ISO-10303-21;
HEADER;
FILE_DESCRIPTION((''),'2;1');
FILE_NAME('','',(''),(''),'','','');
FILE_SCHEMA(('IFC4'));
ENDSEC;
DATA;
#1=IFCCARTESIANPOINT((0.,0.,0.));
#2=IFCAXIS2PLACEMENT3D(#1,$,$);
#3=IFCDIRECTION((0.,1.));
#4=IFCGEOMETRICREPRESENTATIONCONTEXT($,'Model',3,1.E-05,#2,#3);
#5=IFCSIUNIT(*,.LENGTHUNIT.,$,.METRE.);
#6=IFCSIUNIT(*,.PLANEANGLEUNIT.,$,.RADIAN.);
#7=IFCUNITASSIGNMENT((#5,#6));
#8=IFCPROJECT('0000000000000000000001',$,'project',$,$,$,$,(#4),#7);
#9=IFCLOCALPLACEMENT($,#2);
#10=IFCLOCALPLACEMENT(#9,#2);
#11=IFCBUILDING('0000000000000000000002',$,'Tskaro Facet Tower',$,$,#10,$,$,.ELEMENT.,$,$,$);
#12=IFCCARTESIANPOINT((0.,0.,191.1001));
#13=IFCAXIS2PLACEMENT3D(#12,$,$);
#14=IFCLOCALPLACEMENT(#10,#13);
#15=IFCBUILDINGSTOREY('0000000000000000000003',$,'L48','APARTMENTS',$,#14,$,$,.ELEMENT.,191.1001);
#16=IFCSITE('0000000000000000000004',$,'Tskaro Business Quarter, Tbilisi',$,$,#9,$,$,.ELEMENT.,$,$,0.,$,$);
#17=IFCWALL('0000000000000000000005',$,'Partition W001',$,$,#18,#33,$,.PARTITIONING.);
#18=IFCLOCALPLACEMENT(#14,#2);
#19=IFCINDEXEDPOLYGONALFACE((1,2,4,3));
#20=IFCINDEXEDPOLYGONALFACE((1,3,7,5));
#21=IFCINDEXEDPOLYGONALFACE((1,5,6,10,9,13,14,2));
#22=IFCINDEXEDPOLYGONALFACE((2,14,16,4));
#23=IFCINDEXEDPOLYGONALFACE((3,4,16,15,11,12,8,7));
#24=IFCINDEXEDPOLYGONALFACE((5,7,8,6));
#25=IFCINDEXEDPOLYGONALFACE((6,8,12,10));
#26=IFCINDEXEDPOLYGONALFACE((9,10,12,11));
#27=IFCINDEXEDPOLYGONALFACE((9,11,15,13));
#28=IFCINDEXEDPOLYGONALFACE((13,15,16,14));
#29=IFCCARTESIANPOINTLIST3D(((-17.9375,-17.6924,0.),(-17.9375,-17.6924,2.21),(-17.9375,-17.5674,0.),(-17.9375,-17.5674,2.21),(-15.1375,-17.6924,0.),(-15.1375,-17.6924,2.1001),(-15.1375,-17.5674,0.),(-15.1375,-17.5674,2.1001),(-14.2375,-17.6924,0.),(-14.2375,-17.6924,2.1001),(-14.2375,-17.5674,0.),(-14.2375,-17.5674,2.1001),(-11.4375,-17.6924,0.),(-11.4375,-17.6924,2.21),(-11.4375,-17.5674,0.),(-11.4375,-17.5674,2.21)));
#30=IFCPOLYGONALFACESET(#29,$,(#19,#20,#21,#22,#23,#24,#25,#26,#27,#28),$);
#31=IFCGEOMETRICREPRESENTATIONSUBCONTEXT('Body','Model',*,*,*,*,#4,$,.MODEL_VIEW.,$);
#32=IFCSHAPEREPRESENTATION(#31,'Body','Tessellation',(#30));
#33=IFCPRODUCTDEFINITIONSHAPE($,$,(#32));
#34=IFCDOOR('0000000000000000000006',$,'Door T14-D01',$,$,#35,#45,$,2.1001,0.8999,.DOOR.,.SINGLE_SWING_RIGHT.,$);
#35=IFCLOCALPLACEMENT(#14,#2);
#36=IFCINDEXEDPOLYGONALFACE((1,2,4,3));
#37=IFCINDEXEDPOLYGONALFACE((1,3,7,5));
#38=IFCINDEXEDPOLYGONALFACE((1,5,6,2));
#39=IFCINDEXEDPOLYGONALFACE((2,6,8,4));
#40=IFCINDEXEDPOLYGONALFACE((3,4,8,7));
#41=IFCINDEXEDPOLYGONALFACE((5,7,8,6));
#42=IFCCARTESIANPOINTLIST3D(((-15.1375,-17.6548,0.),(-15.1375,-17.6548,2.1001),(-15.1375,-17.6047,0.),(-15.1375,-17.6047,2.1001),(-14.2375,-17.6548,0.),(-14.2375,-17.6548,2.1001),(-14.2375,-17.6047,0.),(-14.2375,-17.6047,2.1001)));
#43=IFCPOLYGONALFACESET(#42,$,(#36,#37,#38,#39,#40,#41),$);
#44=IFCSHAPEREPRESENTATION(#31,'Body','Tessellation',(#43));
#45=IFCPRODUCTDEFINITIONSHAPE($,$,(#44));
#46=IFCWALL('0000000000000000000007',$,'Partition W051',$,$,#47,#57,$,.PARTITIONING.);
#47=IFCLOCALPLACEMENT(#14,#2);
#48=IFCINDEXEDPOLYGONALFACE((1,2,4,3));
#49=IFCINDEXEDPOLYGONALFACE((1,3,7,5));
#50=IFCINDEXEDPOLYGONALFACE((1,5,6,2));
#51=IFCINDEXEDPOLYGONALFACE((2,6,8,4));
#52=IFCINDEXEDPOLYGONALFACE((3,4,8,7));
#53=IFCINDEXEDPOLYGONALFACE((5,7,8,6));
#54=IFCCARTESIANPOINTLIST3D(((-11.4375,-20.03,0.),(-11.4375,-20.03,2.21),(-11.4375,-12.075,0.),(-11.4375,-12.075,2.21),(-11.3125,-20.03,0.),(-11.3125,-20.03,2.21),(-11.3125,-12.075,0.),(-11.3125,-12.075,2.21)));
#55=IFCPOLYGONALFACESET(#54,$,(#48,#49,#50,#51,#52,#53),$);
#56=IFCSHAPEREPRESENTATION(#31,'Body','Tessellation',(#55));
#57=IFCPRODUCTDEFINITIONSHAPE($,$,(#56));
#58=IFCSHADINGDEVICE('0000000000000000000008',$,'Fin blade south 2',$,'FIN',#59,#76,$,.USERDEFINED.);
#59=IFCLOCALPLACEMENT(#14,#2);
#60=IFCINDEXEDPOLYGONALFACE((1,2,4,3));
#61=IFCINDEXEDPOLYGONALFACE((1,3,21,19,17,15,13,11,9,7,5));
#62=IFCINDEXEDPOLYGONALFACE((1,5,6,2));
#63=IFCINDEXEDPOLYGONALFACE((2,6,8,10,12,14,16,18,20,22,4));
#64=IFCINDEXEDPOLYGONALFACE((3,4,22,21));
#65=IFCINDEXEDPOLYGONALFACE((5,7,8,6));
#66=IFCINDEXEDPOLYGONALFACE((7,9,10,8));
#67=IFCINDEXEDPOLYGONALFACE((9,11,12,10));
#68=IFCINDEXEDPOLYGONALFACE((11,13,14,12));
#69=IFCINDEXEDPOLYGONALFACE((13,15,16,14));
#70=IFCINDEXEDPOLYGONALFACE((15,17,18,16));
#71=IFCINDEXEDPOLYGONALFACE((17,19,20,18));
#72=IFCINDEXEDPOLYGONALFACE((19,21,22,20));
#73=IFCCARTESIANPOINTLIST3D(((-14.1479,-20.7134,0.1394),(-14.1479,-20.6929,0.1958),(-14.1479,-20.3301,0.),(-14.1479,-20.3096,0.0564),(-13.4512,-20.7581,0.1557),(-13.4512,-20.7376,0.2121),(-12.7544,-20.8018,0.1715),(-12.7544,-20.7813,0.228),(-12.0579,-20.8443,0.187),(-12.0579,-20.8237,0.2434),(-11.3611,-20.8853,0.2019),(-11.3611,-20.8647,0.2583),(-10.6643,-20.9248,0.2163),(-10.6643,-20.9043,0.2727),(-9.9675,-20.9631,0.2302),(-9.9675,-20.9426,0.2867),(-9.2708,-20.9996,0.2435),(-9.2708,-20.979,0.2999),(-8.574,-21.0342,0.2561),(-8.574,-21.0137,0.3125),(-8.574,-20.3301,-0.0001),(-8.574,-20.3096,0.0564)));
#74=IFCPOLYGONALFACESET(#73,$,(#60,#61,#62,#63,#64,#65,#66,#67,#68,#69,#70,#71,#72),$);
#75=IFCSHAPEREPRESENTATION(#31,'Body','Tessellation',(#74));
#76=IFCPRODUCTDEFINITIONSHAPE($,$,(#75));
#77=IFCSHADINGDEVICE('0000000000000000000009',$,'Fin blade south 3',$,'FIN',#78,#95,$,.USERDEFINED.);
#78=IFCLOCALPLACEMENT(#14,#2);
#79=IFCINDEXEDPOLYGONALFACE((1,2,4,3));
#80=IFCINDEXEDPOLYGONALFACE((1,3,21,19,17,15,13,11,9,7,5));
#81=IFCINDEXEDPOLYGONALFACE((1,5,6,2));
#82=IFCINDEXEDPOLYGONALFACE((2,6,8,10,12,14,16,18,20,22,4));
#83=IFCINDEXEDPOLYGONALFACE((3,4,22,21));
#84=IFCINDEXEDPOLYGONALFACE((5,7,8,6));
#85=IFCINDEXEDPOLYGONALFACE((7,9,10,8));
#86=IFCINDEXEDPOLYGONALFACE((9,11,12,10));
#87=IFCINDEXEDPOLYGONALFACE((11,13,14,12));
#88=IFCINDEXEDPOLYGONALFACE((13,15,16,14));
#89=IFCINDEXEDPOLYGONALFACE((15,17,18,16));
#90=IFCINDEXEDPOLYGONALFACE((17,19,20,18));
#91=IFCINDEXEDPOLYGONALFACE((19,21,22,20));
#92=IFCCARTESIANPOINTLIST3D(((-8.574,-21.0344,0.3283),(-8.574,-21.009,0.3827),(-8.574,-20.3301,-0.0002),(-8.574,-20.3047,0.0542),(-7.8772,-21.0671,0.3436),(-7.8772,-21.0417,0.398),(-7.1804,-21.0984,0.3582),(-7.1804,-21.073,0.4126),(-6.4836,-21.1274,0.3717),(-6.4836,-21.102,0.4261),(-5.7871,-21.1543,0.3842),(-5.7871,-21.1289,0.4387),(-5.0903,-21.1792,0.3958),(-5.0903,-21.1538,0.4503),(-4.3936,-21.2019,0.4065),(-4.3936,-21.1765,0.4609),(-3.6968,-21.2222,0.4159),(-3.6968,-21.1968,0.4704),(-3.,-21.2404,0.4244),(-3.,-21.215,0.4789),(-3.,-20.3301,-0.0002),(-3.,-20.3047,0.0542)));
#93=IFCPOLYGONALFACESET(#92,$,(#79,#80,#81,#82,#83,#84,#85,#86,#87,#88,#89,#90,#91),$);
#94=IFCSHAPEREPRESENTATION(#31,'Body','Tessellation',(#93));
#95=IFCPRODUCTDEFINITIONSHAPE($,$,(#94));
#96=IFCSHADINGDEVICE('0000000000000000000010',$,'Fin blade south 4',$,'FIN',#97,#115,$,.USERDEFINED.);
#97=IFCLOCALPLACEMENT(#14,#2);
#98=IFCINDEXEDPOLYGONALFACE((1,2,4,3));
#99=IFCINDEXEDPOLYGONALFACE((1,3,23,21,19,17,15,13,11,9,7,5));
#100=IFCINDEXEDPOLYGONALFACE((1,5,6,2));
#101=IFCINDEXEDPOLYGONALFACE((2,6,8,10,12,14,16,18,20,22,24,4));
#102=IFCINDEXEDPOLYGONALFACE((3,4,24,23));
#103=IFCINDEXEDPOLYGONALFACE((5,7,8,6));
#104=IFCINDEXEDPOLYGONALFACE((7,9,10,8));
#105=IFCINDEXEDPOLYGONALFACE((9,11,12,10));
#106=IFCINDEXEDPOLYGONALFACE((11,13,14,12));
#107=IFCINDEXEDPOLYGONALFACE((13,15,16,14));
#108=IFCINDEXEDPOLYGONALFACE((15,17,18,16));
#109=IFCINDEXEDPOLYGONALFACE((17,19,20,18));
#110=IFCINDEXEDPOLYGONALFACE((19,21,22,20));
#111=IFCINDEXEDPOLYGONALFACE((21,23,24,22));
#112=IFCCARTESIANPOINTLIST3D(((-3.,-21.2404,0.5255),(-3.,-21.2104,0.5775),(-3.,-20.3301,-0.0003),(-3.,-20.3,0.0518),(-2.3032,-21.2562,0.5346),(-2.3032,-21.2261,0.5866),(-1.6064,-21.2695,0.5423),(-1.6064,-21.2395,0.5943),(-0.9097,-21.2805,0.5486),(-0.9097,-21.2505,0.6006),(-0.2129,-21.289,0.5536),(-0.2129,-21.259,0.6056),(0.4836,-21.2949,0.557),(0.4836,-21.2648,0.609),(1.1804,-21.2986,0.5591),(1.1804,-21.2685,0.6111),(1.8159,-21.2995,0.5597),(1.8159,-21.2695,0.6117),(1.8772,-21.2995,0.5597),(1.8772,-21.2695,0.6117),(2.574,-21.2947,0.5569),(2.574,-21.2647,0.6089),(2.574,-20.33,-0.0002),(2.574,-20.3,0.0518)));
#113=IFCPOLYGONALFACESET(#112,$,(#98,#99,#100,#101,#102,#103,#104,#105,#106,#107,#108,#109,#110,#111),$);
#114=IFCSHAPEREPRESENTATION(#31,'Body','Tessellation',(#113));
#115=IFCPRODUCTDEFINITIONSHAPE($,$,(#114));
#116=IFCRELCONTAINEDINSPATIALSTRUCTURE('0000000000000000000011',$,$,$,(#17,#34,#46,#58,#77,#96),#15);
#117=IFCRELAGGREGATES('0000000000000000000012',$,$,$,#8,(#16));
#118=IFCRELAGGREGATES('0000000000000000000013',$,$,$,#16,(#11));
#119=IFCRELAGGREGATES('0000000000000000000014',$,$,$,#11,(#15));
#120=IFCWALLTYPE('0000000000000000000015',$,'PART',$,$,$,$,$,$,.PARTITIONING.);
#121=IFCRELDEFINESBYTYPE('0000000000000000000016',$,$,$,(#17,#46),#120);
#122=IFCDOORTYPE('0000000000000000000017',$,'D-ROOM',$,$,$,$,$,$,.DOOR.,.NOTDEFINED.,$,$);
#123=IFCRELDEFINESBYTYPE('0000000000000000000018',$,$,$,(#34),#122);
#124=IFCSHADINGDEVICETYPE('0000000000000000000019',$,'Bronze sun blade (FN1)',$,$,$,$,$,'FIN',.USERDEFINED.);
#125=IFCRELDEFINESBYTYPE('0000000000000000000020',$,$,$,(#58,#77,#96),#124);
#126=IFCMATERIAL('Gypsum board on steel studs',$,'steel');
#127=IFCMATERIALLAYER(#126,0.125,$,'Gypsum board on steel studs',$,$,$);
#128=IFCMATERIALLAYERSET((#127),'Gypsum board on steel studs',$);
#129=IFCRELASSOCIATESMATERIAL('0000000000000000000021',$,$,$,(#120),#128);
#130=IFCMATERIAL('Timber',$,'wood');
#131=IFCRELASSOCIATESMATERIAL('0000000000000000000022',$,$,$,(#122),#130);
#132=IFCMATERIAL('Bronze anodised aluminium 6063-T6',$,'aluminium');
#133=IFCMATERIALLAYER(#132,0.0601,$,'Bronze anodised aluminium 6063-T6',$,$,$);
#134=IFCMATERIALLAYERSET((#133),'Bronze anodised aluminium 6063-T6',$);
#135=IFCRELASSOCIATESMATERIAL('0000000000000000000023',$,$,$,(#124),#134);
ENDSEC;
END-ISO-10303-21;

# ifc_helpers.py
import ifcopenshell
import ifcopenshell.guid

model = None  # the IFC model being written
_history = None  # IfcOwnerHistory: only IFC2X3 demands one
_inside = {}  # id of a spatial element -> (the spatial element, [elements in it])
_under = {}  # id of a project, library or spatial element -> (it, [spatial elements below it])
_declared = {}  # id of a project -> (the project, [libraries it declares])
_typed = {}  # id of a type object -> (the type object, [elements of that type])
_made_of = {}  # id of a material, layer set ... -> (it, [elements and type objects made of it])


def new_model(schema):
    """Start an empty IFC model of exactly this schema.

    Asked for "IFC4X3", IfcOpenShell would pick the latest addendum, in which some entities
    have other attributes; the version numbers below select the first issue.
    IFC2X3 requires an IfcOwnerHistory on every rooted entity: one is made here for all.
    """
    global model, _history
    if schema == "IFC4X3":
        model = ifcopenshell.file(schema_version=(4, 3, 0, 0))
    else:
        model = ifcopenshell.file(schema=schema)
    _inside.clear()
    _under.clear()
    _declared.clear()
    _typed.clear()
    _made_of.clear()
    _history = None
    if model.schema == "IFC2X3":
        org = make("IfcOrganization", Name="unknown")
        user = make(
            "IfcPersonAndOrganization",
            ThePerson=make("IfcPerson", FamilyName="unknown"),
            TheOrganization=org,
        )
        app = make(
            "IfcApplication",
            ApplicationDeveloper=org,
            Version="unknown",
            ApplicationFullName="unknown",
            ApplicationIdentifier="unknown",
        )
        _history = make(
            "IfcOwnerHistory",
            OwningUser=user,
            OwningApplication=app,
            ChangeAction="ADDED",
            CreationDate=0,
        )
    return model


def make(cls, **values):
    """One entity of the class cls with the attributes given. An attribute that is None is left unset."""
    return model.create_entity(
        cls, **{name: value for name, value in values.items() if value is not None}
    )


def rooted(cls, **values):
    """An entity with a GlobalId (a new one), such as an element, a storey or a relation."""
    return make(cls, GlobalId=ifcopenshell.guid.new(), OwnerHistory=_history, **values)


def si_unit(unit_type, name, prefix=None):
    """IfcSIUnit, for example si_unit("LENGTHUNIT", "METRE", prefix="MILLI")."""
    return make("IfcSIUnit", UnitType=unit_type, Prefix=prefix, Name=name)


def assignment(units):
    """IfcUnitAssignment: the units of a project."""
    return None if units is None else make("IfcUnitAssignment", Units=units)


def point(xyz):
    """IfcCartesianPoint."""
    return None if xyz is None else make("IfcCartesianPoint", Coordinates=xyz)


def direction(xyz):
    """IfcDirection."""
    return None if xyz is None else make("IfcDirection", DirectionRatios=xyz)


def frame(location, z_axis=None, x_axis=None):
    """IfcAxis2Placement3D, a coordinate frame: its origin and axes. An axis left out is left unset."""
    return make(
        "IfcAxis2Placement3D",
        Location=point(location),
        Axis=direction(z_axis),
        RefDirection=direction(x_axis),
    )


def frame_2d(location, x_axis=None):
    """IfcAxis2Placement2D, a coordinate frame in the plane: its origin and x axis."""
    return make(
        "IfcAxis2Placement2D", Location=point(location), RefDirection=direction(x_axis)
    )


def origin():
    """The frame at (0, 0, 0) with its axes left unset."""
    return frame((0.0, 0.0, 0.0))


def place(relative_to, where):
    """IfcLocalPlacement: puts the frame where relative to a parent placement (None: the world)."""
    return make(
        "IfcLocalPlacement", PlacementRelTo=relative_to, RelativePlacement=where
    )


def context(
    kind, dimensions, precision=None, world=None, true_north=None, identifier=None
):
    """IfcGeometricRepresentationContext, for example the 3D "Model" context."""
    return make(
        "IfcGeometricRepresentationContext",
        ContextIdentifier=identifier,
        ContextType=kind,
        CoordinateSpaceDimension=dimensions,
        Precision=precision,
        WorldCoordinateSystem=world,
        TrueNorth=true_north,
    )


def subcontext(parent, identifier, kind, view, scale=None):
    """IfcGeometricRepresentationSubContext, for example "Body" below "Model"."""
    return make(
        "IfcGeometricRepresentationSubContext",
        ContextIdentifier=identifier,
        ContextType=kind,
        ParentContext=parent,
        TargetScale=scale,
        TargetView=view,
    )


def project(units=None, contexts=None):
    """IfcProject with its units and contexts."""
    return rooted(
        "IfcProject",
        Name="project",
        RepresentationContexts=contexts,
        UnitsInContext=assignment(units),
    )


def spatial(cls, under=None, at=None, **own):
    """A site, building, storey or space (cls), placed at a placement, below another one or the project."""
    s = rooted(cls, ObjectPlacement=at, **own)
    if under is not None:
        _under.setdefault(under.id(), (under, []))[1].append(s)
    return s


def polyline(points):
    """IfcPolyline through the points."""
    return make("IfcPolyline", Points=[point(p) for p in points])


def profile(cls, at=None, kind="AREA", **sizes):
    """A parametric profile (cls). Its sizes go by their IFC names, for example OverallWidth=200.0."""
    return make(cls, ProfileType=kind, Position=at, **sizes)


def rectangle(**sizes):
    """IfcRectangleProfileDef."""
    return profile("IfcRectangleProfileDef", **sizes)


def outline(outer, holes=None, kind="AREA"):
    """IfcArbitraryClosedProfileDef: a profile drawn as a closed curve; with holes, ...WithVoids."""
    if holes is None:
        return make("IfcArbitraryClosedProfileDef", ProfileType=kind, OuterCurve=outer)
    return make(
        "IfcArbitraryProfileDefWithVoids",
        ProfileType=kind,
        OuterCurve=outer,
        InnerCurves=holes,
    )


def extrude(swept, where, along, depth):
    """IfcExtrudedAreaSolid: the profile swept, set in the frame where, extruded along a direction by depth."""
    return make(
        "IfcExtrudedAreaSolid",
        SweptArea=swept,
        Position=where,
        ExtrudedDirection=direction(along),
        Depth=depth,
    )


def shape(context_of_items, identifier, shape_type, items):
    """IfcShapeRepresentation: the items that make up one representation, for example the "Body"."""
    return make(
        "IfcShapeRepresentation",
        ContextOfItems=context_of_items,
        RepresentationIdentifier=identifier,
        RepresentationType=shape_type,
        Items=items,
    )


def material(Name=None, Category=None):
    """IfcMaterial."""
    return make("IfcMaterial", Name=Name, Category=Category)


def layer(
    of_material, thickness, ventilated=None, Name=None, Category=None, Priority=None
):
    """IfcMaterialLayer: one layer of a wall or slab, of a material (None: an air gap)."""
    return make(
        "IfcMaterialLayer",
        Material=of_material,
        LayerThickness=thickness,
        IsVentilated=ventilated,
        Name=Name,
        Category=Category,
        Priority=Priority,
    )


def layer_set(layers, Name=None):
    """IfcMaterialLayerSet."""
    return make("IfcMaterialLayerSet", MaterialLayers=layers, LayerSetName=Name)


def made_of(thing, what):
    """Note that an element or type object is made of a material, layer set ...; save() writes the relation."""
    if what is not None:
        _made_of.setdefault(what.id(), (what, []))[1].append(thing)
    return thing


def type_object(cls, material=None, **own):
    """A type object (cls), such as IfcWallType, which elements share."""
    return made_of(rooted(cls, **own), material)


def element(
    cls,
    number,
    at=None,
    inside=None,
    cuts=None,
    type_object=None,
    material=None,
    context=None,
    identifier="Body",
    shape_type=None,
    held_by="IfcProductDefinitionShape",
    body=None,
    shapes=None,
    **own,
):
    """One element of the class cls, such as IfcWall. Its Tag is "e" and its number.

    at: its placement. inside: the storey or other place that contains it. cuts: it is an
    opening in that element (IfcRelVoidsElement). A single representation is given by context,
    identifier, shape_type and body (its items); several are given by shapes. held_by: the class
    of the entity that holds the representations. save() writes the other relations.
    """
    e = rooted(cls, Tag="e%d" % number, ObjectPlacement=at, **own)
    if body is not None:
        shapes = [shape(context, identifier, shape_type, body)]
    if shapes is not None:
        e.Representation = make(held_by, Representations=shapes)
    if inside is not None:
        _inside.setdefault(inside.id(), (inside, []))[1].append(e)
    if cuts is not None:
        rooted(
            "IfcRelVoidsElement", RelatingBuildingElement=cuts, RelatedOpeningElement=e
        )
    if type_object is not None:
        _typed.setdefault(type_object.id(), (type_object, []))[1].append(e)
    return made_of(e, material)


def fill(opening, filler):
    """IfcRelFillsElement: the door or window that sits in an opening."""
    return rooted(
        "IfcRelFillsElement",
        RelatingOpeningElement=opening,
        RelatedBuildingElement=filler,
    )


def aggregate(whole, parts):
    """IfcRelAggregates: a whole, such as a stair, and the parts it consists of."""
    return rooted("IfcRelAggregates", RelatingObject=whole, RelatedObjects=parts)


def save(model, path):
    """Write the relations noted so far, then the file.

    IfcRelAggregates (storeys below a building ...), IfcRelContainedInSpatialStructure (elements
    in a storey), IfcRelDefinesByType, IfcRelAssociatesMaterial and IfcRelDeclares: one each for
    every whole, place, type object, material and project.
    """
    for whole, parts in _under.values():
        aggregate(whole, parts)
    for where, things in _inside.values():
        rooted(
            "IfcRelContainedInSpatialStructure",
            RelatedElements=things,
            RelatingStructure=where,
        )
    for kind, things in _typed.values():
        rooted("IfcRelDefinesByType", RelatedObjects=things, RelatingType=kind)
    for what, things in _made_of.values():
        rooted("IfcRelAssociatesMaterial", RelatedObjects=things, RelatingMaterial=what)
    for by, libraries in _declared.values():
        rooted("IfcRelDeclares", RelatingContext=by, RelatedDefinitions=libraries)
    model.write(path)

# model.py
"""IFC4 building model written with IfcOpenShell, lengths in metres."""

from ifc_helpers import new_model, si_unit, direction, frame, frame_2d, origin, place, context, subcontext, project, spatial, polyline, rectangle, outline, extrude, material, layer, layer_set, type_object, element, fill, save


model = new_model("IFC4")

# Units and contexts
model_context = context("Model", 3, precision=1e-05, world=origin(), true_north=direction((0.0, 1.0)))
body_context = subcontext(model_context, "Body", "Model", "MODEL_VIEW")
ifc_project = project(units=[si_unit("LENGTHUNIT", "METRE"), si_unit("PLANEANGLEUNIT", "RADIAN")], contexts=[model_context])

# Site, building, storey
site_placement = place(None, origin())
site = spatial("IfcSite", under=ifc_project, at=site_placement, Name="Tskaro Business Quarter, Tbilisi", CompositionType="ELEMENT", RefElevation=0.0)
building_placement = place(site_placement, origin())
building = spatial("IfcBuilding", under=site, at=building_placement, Name="Tskaro Facet Tower", CompositionType="ELEMENT")
storey_placement = place(building_placement, frame((0.0, 0.0, 191.1001)))
storey = spatial("IfcBuildingStorey", under=building, at=storey_placement, Name="L48", Description="APARTMENTS", CompositionType="ELEMENT", Elevation=191.1001)

# Shared definitions
ifc_material_1 = material(Name="Bronze anodised aluminium 6063-T6", Category="aluminium")

# Wall, opening, door
ifc_material_2 = material(Name="Gypsum board on steel studs", Category="steel")
ifc_layer_1 = layer(ifc_material_2, 0.125, Name="Gypsum board on steel studs")
ifc_layer_set_1 = layer_set([ifc_layer_1], Name="Gypsum board on steel studs")
wall_type = type_object("IfcWallType", Name="PART", PredefinedType="PARTITIONING", material=ifc_layer_set_1)
wall_1_placement = place(storey_placement, frame((-11.4375, -17.6299, 0.0), z_axis=(0.0, 0.0, 1.0), x_axis=(-1.0, 0.0, 0.0)))
wall_1 = element("IfcWall", 1, at=wall_1_placement, inside=storey, type_object=wall_type, Name="Partition W001", PredefinedType="PARTITIONING", context=body_context, shape_type="SweptSolid", body=[
    extrude(rectangle(XDim=6.5, YDim=0.125, at=frame_2d((3.25, 0.0))), origin(), (0.0, 0.0, 1.0), 2.21),
])
opening_placement = place(wall_1_placement, frame((2.8, 0.0, 0.0)))
opening = element("IfcOpeningElement", 2, at=opening_placement, cuts=wall_1, PredefinedType="OPENING", context=body_context, shape_type="SweptSolid", body=[
    extrude(rectangle(XDim=0.8999, YDim=2.1001, at=frame_2d((0.45, 1.05))), frame((0.0, 0.0725, 0.0), z_axis=(0.0, -1.0, 0.0), x_axis=(1.0, 0.0, 0.0)), (0.0, 0.0, 1.0), 0.145),
])
ifc_material_3 = material(Name="Timber", Category="wood")
door_type = type_object("IfcDoorType", Name="D-ROOM", OperationType="NOTDEFINED", PredefinedType="DOOR", material=ifc_material_3)
door_placement = place(opening_placement, origin())
door = element("IfcDoor", 3, at=door_placement, inside=storey, type_object=door_type, Name="Door T14-D01", OperationType="SINGLE_SWING_RIGHT", OverallHeight=2.1001, OverallWidth=0.8999, PredefinedType="DOOR", context=body_context, shape_type="SweptSolid", body=[
    extrude(rectangle(XDim=0.8999, YDim=2.1001, at=frame_2d((0.45, 1.05))), frame((0.0, 0.0249, 0.0), z_axis=(0.0, -1.0, 0.0), x_axis=(1.0, 0.0, 0.0)), (0.0, 0.0, 1.0), 0.05),
])
fill(opening, door)

# Wall
wall_2_placement = place(storey_placement, frame((-11.375, -20.03, 0.0), z_axis=(0.0, 0.0, 1.0), x_axis=(0.0, 1.0, 0.0)))
element("IfcWall", 4, at=wall_2_placement, inside=storey, type_object=wall_type, Name="Partition W051", PredefinedType="PARTITIONING", context=body_context, shape_type="SweptSolid", body=[
    extrude(rectangle(XDim=7.9551, YDim=0.125, at=frame_2d((3.9775, 0.0))), origin(), (0.0, 0.0, 1.0), 2.21),
])

# Shading devices
ifc_layer_2 = layer(ifc_material_1, 0.0601, Name="Bronze anodised aluminium 6063-T6")
ifc_layer_set_2 = layer_set([ifc_layer_2], Name="Bronze anodised aluminium 6063-T6")
shading_device_type = type_object("IfcShadingDeviceType", Name="Bronze sun blade (FN1)", ElementType="FIN", PredefinedType="USERDEFINED", material=ifc_layer_set_2)
shading_device_1_placement = place(storey_placement, frame((-14.1479, -20.3096, 0.0564), z_axis=(0.000002, 0.341864, 0.939749), x_axis=(1.0, -0.000001, -0.000002)))
element("IfcShadingDevice", 5, at=shading_device_1_placement, inside=storey, type_object=shading_device_type, Name="Fin blade south 2", ObjectType="FIN", PredefinedType="USERDEFINED", context=body_context, shape_type="SweptSolid", body=[
    extrude(outline(polyline([(0.0, 0.0), (5.574, 0.0), (5.574, -0.7492), (4.8772, -0.7124), (4.1804, -0.6736), (3.4836, -0.6328), (2.7869, -0.5907), (2.0901, -0.5471), (1.3936, -0.5019), (0.6968, -0.4554), (0.0, -0.4079), (0.0, 0.0)])), origin(), (0.0, 0.0, -1.0), 0.0601),
])
shading_device_2_placement = place(storey_placement, frame((-8.574, -20.3047, 0.0542), z_axis=(-0.000004, 0.422717, 0.906262), x_axis=(1.0, 0.000002, 0.000004)))
element("IfcShadingDevice", 6, at=shading_device_2_placement, inside=storey, type_object=shading_device_type, Name="Fin blade south 3", ObjectType="FIN", PredefinedType="USERDEFINED", context=body_context, shape_type="SweptSolid", body=[
    extrude(outline(polyline([(0.0, 0.0), (5.574, 0.0), (5.574, -1.0045), (4.8772, -0.9844), (4.1804, -0.962), (3.4836, -0.9369), (2.7869, -0.9095), (2.0903, -0.8798), (1.3936, -0.8478), (0.6968, -0.8133), (0.0, -0.7771), (0.0, 0.0)])), origin(), (0.0, 0.0, -1.0), 0.0601),
])
shading_device_3_placement = place(storey_placement, frame((-3.0, -20.3, 0.0518), z_axis=(-0.000015, 0.500079, 0.86598), x_axis=(1.0, 0.000007, 0.000013)))
element("IfcShadingDevice", 7, at=shading_device_3_placement, inside=storey, type_object=shading_device_type, Name="Fin blade south 4", ObjectType="FIN", PredefinedType="USERDEFINED", context=body_context, shape_type="SweptSolid", body=[
    extrude(outline(polyline([(0.0, 0.0), (5.574, 0.0), (5.574, -1.1139), (4.8772, -1.1195), (4.8159, -1.1195), (4.1804, -1.1184), (3.4836, -1.1141), (2.7871, -1.1074), (2.0903, -1.0975), (1.3936, -1.0848), (0.6968, -1.0694), (0.0, -1.0512), (0.0, 0.0)])), origin(), (0.0, 0.0, -1.0), 0.0601),
])

save(model, "model.ifc")
